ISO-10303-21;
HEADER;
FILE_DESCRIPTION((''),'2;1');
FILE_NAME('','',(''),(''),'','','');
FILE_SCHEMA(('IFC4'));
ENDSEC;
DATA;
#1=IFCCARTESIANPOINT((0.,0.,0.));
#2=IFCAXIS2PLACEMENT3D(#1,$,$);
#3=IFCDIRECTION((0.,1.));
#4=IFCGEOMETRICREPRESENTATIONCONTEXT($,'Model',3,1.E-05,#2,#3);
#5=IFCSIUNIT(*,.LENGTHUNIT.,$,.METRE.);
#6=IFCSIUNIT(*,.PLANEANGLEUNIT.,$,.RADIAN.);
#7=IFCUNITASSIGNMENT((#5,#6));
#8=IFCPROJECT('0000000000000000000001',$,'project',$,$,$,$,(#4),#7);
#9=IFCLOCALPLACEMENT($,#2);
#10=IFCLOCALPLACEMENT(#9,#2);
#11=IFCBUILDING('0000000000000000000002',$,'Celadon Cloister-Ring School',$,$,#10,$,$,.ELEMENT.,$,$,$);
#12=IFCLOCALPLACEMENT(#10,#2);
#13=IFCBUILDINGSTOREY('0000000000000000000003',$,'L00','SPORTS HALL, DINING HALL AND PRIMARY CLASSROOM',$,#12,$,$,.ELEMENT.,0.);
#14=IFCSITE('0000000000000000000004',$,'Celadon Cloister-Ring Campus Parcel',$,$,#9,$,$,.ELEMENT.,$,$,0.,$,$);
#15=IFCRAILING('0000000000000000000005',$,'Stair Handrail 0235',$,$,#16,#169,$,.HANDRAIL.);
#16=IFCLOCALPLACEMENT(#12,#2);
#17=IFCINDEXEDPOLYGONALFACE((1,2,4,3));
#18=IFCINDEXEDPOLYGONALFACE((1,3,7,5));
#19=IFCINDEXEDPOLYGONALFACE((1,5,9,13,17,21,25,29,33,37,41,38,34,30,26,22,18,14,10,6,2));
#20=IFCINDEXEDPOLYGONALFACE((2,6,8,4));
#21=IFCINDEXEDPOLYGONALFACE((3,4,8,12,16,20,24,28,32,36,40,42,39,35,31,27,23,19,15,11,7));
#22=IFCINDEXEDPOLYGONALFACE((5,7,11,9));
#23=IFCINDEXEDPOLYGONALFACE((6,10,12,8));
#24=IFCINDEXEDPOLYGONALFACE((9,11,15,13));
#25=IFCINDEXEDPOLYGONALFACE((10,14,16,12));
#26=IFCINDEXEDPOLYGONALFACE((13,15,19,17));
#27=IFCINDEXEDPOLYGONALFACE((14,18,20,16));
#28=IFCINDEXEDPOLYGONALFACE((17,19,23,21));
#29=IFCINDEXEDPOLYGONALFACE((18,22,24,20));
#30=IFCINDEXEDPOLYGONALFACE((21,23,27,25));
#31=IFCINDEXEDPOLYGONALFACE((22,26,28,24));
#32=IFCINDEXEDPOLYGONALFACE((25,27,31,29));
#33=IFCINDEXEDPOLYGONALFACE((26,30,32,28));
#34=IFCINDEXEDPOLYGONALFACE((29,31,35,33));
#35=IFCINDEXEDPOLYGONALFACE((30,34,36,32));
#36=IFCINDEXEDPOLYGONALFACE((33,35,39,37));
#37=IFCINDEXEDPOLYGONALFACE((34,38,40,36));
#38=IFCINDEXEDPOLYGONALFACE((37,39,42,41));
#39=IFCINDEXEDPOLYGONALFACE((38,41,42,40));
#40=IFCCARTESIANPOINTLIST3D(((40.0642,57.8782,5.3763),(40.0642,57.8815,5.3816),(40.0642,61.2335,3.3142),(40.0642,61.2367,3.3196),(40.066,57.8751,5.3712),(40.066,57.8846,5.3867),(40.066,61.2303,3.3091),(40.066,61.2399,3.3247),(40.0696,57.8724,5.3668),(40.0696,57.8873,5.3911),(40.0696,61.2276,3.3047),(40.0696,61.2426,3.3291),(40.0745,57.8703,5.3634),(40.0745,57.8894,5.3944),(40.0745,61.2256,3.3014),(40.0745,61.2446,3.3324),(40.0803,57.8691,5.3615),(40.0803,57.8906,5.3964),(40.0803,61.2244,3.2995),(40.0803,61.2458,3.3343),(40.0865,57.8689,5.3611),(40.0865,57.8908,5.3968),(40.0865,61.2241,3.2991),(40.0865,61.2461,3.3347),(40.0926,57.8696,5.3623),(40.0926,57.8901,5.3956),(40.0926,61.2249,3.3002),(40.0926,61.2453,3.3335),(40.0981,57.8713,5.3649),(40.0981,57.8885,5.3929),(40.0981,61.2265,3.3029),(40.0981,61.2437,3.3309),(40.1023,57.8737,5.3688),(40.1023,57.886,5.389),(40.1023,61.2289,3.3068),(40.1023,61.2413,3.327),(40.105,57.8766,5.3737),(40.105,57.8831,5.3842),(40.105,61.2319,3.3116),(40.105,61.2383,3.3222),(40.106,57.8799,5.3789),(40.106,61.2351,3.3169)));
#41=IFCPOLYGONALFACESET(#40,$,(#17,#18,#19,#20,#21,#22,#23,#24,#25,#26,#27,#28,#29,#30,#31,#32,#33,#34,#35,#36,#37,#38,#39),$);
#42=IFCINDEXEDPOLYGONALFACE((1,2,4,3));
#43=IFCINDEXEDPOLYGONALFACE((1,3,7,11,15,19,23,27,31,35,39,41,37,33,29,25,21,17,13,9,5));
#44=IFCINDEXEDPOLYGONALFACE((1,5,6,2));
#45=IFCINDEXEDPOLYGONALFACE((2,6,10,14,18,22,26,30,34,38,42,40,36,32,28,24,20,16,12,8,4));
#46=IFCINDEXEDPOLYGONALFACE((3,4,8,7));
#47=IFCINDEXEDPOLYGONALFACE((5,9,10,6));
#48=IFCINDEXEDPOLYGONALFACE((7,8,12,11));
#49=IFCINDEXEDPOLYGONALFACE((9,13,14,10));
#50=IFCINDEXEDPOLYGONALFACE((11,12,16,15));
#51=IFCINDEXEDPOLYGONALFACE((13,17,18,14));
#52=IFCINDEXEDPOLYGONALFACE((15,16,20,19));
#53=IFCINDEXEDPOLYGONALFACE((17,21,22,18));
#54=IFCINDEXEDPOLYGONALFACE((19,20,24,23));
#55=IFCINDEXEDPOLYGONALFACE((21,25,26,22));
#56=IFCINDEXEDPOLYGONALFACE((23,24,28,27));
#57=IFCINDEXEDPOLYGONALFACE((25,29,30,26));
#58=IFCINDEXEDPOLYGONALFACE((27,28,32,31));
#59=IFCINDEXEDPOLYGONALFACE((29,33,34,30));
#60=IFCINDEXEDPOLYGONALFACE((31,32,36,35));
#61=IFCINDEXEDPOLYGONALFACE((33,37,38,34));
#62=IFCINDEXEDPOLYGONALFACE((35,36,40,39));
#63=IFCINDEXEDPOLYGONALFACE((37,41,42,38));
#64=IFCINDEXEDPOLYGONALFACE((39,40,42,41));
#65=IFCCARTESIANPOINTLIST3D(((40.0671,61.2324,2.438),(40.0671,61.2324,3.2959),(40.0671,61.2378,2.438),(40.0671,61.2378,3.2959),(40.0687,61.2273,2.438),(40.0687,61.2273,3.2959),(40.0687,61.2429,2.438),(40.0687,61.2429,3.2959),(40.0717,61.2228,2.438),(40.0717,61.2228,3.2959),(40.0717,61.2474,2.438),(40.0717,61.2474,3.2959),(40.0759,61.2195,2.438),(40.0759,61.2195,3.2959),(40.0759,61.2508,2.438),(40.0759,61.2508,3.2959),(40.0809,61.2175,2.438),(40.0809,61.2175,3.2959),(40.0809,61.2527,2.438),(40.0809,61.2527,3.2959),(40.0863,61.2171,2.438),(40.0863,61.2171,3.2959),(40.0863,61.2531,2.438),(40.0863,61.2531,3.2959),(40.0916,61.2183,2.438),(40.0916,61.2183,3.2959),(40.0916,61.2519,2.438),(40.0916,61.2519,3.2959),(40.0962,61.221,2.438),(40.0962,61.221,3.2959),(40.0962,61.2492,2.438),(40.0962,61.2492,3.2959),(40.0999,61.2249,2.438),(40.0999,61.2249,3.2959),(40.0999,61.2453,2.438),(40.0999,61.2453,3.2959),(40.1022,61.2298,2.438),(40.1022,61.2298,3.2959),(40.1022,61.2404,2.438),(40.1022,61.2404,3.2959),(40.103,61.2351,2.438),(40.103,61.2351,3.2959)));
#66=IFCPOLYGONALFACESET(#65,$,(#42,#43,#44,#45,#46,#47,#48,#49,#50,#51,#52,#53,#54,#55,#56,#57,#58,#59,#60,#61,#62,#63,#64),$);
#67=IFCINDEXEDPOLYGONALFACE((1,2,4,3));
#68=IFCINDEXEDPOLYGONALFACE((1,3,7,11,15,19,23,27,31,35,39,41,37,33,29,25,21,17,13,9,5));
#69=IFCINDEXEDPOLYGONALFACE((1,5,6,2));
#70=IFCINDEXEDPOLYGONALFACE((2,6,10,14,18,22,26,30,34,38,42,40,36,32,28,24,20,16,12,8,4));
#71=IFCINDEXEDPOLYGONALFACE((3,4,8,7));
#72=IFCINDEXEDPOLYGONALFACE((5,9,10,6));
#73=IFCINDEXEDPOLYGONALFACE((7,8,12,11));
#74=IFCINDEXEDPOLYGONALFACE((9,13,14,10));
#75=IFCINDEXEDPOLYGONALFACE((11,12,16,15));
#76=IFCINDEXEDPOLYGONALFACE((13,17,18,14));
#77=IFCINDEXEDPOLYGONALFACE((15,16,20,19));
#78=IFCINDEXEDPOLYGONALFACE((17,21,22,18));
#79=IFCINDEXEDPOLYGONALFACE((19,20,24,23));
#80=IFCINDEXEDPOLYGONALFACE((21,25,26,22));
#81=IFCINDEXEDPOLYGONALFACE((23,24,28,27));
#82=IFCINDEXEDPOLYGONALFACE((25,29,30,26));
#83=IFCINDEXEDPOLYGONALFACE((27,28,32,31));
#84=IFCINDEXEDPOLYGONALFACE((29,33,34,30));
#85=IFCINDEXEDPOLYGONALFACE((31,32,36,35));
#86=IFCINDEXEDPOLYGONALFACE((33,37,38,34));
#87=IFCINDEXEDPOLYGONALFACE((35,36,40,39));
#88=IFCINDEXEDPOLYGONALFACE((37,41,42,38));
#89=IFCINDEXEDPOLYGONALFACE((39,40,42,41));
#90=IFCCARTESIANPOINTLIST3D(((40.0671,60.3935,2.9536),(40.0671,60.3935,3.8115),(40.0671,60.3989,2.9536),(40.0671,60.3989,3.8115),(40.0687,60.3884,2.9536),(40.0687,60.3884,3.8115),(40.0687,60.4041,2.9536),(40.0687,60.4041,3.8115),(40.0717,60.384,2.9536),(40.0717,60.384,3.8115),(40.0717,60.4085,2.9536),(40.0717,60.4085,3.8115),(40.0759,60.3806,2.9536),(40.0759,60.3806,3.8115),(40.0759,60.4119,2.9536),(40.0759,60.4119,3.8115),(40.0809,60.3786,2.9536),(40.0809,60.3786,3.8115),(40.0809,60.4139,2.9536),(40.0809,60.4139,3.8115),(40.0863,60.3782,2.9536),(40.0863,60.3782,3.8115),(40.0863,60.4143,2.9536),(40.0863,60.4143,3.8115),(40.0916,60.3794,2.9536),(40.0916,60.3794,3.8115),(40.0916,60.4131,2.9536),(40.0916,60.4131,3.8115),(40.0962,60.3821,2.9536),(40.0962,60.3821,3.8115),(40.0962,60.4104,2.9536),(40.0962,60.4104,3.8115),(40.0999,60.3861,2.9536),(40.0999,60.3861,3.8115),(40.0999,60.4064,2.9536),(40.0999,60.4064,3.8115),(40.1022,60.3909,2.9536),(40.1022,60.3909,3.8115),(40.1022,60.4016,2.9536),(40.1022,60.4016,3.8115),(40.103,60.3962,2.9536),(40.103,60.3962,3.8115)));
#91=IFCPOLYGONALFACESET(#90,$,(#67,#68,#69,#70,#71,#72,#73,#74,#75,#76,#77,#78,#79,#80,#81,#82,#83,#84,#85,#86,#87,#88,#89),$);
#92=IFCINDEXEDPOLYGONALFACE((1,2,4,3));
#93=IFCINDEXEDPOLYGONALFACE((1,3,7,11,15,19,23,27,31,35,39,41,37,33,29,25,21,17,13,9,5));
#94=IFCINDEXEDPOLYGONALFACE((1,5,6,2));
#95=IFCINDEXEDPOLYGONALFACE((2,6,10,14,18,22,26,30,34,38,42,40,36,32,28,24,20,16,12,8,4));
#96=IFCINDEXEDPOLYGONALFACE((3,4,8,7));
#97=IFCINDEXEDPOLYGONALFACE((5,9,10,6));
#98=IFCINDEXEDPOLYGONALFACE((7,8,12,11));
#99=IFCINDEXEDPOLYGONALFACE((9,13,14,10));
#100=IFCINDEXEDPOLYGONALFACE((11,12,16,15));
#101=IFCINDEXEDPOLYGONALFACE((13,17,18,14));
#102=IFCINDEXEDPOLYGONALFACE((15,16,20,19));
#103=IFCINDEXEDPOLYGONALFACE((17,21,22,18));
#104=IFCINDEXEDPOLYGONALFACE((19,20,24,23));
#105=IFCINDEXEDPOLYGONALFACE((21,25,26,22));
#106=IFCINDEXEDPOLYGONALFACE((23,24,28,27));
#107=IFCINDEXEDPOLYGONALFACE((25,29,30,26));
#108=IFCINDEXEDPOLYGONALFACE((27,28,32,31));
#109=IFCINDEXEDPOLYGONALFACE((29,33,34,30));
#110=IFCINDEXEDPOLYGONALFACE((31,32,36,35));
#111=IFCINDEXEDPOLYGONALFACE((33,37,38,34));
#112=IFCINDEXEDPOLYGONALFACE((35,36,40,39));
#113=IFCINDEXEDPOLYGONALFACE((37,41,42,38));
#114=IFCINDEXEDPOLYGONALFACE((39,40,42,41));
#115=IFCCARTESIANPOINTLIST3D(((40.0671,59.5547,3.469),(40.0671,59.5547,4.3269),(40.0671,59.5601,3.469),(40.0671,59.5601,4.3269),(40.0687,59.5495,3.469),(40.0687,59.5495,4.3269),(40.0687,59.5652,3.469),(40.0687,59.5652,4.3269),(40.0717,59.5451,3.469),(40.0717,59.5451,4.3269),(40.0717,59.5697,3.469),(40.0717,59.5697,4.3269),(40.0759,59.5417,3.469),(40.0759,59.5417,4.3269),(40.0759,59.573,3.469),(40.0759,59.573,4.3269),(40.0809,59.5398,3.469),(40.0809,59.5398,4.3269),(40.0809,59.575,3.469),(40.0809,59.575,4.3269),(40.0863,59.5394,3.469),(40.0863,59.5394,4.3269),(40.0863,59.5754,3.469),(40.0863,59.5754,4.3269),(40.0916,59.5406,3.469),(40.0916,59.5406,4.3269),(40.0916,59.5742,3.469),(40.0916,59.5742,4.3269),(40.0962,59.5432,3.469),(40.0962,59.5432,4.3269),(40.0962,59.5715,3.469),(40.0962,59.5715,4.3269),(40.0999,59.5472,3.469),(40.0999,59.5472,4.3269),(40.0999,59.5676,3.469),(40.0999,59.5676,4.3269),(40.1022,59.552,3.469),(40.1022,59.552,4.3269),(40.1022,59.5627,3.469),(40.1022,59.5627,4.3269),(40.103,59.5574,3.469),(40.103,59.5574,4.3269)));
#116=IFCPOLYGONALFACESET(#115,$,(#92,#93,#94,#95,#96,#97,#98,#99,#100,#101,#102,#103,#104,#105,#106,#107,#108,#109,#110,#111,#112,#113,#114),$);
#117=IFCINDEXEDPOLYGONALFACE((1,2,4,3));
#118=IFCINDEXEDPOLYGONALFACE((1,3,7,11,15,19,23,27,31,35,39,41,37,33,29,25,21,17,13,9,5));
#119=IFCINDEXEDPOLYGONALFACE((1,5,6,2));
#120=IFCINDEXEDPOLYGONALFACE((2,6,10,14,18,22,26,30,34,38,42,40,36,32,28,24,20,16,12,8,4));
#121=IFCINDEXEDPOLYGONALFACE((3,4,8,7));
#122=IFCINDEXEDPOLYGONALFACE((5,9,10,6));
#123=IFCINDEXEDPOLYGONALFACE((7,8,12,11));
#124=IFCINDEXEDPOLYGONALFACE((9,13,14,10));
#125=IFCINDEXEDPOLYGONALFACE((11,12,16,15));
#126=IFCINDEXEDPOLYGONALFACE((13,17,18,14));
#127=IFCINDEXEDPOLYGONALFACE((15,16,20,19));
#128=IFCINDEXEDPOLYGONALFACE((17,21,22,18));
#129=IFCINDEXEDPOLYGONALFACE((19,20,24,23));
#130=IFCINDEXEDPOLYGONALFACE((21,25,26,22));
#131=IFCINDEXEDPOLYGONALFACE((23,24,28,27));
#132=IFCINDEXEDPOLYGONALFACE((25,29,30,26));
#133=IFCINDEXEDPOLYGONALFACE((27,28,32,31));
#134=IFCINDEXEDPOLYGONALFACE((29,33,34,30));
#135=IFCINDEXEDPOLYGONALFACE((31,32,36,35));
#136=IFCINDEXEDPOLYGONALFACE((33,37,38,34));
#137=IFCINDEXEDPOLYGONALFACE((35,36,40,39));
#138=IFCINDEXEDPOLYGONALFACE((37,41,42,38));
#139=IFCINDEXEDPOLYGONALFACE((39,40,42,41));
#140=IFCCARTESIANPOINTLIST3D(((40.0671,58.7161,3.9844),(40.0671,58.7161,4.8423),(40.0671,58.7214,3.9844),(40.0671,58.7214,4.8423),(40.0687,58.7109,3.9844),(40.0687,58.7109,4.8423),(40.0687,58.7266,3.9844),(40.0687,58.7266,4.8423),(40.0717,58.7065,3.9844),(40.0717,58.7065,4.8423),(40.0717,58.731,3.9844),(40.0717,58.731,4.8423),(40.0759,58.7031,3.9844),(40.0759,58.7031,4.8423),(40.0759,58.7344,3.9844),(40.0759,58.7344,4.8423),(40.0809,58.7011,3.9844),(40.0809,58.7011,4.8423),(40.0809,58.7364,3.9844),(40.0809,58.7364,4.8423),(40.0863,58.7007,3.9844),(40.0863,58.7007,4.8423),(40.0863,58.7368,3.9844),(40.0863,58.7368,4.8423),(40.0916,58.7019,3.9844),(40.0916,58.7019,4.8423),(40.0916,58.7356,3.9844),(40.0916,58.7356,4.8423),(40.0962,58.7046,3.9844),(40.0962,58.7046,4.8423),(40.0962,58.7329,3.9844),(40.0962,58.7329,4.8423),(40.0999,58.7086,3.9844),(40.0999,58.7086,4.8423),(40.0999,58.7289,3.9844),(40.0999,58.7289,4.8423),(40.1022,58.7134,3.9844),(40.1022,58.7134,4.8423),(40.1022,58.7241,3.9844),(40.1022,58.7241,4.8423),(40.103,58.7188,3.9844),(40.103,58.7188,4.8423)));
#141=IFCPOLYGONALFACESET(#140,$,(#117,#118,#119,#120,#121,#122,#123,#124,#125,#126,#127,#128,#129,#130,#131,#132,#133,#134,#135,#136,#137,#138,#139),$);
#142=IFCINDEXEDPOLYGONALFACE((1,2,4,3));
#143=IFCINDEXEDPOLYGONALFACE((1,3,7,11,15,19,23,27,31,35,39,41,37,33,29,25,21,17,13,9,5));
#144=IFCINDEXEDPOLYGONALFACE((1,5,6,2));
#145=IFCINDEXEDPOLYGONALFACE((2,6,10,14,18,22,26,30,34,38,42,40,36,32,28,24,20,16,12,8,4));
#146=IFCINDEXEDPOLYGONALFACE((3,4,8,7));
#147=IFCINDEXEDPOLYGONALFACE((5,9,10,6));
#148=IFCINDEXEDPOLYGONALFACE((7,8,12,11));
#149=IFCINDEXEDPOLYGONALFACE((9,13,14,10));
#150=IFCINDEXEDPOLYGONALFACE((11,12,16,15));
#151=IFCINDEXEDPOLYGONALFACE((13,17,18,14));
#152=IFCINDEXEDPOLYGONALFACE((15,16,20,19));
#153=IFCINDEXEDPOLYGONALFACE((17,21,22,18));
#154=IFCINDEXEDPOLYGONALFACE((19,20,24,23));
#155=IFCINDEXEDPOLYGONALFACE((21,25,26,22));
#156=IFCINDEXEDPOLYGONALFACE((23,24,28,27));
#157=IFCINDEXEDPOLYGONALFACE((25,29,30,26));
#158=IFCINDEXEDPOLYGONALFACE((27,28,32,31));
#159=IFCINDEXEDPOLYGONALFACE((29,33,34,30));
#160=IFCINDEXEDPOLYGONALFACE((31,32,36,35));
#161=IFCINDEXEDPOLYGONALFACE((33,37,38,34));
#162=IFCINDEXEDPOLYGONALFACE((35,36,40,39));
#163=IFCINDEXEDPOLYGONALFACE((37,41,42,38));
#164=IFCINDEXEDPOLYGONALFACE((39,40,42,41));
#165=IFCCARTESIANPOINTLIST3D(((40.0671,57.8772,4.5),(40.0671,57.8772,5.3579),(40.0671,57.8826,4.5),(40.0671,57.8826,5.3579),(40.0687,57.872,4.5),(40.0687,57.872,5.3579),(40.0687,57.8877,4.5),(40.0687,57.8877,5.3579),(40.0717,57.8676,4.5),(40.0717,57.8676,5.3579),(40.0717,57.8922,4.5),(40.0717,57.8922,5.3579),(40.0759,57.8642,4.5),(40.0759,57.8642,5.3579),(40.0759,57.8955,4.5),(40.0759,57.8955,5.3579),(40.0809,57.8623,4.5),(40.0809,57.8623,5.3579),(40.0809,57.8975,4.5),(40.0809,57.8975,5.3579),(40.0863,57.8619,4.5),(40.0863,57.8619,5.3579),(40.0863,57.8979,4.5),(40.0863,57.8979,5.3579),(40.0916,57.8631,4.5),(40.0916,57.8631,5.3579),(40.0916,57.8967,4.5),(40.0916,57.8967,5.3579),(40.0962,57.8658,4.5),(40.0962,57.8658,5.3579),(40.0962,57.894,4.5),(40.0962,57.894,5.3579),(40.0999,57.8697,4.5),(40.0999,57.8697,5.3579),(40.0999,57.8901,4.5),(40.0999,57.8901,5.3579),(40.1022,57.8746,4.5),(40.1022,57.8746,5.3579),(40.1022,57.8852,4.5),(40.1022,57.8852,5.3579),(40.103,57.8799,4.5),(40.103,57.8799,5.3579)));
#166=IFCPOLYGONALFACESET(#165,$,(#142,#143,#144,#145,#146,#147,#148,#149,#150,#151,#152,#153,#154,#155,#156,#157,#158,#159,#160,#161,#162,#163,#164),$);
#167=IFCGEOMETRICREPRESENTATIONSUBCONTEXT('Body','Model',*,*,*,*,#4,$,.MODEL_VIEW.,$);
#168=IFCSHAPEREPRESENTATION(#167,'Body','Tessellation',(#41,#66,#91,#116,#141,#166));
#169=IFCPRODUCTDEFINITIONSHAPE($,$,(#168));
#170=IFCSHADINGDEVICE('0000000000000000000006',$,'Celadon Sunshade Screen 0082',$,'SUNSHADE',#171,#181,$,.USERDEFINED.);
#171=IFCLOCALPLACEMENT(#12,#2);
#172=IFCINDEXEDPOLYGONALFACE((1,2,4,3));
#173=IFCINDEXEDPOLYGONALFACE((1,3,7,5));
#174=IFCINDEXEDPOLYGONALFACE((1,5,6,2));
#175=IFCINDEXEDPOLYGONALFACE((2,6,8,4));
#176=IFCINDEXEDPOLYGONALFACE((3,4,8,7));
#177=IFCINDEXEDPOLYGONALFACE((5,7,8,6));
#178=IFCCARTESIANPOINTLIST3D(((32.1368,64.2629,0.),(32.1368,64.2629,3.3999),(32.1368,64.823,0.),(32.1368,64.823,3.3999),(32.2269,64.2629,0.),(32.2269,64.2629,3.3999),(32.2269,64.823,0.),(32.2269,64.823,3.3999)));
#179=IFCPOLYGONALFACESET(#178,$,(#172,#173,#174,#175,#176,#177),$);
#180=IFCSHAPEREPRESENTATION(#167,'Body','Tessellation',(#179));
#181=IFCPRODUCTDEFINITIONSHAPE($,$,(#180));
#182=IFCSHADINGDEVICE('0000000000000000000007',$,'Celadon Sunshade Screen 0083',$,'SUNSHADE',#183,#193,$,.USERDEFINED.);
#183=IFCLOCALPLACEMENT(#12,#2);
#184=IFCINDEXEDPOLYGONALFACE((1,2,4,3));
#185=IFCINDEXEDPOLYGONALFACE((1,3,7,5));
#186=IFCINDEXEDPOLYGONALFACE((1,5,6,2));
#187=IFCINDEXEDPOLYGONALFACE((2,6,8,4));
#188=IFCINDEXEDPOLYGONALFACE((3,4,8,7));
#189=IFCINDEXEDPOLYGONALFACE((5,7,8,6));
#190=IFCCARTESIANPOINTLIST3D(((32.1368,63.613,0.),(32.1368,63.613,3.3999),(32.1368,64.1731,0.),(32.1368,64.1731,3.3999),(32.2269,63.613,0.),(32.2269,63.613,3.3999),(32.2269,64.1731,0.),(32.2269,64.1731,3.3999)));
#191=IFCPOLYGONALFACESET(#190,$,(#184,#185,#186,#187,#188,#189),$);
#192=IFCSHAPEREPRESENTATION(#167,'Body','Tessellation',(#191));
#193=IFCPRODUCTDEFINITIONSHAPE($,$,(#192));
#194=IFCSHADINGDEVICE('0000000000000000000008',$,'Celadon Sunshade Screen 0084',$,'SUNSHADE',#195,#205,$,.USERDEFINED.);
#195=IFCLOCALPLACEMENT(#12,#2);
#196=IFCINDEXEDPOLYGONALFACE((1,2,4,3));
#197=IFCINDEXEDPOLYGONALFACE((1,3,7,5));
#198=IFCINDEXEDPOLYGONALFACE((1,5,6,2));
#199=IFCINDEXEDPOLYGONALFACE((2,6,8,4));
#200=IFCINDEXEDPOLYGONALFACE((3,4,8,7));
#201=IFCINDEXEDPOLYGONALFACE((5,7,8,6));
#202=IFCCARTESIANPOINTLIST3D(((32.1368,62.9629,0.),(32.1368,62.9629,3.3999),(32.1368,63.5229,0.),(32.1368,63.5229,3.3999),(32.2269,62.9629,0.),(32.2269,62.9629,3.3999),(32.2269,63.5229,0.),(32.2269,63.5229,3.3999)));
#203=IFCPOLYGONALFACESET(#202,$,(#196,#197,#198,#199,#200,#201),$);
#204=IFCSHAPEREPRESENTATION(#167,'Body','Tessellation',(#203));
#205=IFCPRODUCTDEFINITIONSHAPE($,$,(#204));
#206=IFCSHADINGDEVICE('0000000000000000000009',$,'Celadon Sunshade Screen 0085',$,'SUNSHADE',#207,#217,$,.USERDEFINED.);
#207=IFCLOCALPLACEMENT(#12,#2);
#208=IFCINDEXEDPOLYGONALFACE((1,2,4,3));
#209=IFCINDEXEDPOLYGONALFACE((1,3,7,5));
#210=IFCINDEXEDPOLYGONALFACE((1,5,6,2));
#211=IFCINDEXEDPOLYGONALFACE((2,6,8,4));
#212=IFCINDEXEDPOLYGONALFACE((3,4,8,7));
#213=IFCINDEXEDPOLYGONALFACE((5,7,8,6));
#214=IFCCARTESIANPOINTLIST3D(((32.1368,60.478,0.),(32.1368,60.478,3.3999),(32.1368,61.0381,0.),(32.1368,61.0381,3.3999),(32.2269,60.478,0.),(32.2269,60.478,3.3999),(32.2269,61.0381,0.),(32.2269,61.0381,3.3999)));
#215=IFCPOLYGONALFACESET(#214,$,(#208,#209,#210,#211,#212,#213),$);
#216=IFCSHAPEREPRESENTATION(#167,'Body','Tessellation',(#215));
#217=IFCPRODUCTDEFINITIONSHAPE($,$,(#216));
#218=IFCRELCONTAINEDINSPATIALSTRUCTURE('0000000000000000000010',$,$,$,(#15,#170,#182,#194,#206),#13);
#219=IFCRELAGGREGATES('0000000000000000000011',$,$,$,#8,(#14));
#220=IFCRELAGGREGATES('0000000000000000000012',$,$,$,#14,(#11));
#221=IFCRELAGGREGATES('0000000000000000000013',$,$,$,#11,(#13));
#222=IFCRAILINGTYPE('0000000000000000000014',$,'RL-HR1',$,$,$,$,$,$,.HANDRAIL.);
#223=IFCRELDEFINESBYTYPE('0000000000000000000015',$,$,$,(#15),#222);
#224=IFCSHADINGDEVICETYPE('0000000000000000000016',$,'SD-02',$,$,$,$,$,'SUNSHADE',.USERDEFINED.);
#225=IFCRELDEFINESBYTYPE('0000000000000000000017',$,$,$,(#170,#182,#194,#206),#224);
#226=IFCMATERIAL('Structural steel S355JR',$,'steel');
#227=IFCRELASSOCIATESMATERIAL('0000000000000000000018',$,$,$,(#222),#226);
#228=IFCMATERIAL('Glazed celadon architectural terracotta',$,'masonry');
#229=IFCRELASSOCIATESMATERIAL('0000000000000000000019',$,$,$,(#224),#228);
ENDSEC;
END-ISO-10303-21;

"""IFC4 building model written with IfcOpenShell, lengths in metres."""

from ifc_helpers import new_model, si_unit, direction, frame, origin, origin_2d, place, context, subcontext, project, spatial, rectangle, circle, extrude, material, type_object, element, save


model = new_model("IFC4")

# Units and contexts
model_context = context("Model", 3, precision=1e-05, world=origin(), true_north=direction((0.0, 1.0)))
body_context = subcontext(model_context, "Body", "Model", "MODEL_VIEW")
ifc_project = project(units=[si_unit("LENGTHUNIT", "METRE"), si_unit("PLANEANGLEUNIT", "RADIAN")], contexts=[model_context])

# Site, building, storey
site_placement = place(None, origin())
site = spatial("IfcSite", under=ifc_project, at=site_placement, Name="Celadon Cloister-Ring Campus Parcel", CompositionType="ELEMENT", RefElevation=0.0)
building_placement = place(site_placement, origin())
building = spatial("IfcBuilding", under=site, at=building_placement, Name="Celadon Cloister-Ring School", CompositionType="ELEMENT")
storey_placement = place(building_placement, origin())
storey = spatial("IfcBuildingStorey", under=building, at=storey_placement, Name="L00", Description="SPORTS HALL, DINING HALL AND PRIMARY CLASSROOM", CompositionType="ELEMENT", Elevation=0.0)

# Railing
ifc_material_1 = material(Name="Structural steel S355JR", Category="steel")
railing_type_1 = type_object("IfcRailingType", Name="RL-HR1", PredefinedType="HANDRAIL", material=ifc_material_1)
for number, where, name in (
    (1, (40.085, 61.2351, 2.438), "Stair Handrail 0235"),
):
    element("IfcRailing", number, at=place(storey_placement, frame(where)), inside=storey, type_object=railing_type_1, Name=name, PredefinedType="HANDRAIL", context=body_context, shape_type="SweptSolid", body=[
        extrude(circle(Radius=0.021, at=origin_2d()), frame((0.0, 0.0, 0.8789), z_axis=(0.0, -0.851969, 0.523592), x_axis=(1.0, 0.0, 0.0)), (0.0, 0.0, 1.0), 3.9382),
        extrude(circle(Radius=0.0181, at=origin_2d()), origin(), (0.0, 0.0, 1.0), 0.8579),
        extrude(circle(Radius=0.0181, at=origin_2d()), frame((0.0, -0.8389, 0.5156)), (0.0, 0.0, 1.0), 0.8579),
        extrude(circle(Radius=0.0181, at=origin_2d()), frame((0.0, -1.6777, 1.031)), (0.0, 0.0, 1.0), 0.8579),
        extrude(circle(Radius=0.0181, at=origin_2d()), frame((0.0, -2.5164, 1.5464)), (0.0, 0.0, 1.0), 0.8579),
        extrude(circle(Radius=0.0181, at=origin_2d()), frame((0.0, -3.3552, 2.062)), (0.0, 0.0, 1.0), 0.8579),
    ])

# Shading devices
ifc_material_2 = material(Name="Glazed celadon architectural terracotta", Category="masonry")
shading_device_type = type_object("IfcShadingDeviceType", Name="SD-02", ElementType="SUNSHADE", PredefinedType="USERDEFINED", material=ifc_material_2)
for number, where, z_axis, x_axis, name in (
    (2, (32.1819, 64.543, 0.0), (0.0, 0.0, 1.0), (0.0, -1.0, 0.0), "Celadon Sunshade Screen 0082"),
    (3, (32.1819, 63.8931, 0.0), (0.0, 0.0, 1.0), (0.0, -1.0, 0.0), "Celadon Sunshade Screen 0083"),
    (4, (32.1819, 63.2429, 0.0), (0.0, 0.0, 1.0), (0.0, -1.0, 0.0), "Celadon Sunshade Screen 0084"),
    (5, (32.1819, 60.7581, 0.0), (0.0, 0.0, 1.0), (0.0, -1.0, 0.0), "Celadon Sunshade Screen 0085"),
):
    element("IfcShadingDevice", number, at=place(storey_placement, frame(where, z_axis=z_axis, x_axis=x_axis)), inside=storey, type_object=shading_device_type, Name=name, ObjectType="SUNSHADE", PredefinedType="USERDEFINED", context=body_context, shape_type="SweptSolid", body=[
        extrude(rectangle(XDim=0.5601, YDim=0.0901, at=origin_2d()), origin(), (0.0, 0.0, 1.0), 3.3999),
    ])

save(model, "model.ifc")
